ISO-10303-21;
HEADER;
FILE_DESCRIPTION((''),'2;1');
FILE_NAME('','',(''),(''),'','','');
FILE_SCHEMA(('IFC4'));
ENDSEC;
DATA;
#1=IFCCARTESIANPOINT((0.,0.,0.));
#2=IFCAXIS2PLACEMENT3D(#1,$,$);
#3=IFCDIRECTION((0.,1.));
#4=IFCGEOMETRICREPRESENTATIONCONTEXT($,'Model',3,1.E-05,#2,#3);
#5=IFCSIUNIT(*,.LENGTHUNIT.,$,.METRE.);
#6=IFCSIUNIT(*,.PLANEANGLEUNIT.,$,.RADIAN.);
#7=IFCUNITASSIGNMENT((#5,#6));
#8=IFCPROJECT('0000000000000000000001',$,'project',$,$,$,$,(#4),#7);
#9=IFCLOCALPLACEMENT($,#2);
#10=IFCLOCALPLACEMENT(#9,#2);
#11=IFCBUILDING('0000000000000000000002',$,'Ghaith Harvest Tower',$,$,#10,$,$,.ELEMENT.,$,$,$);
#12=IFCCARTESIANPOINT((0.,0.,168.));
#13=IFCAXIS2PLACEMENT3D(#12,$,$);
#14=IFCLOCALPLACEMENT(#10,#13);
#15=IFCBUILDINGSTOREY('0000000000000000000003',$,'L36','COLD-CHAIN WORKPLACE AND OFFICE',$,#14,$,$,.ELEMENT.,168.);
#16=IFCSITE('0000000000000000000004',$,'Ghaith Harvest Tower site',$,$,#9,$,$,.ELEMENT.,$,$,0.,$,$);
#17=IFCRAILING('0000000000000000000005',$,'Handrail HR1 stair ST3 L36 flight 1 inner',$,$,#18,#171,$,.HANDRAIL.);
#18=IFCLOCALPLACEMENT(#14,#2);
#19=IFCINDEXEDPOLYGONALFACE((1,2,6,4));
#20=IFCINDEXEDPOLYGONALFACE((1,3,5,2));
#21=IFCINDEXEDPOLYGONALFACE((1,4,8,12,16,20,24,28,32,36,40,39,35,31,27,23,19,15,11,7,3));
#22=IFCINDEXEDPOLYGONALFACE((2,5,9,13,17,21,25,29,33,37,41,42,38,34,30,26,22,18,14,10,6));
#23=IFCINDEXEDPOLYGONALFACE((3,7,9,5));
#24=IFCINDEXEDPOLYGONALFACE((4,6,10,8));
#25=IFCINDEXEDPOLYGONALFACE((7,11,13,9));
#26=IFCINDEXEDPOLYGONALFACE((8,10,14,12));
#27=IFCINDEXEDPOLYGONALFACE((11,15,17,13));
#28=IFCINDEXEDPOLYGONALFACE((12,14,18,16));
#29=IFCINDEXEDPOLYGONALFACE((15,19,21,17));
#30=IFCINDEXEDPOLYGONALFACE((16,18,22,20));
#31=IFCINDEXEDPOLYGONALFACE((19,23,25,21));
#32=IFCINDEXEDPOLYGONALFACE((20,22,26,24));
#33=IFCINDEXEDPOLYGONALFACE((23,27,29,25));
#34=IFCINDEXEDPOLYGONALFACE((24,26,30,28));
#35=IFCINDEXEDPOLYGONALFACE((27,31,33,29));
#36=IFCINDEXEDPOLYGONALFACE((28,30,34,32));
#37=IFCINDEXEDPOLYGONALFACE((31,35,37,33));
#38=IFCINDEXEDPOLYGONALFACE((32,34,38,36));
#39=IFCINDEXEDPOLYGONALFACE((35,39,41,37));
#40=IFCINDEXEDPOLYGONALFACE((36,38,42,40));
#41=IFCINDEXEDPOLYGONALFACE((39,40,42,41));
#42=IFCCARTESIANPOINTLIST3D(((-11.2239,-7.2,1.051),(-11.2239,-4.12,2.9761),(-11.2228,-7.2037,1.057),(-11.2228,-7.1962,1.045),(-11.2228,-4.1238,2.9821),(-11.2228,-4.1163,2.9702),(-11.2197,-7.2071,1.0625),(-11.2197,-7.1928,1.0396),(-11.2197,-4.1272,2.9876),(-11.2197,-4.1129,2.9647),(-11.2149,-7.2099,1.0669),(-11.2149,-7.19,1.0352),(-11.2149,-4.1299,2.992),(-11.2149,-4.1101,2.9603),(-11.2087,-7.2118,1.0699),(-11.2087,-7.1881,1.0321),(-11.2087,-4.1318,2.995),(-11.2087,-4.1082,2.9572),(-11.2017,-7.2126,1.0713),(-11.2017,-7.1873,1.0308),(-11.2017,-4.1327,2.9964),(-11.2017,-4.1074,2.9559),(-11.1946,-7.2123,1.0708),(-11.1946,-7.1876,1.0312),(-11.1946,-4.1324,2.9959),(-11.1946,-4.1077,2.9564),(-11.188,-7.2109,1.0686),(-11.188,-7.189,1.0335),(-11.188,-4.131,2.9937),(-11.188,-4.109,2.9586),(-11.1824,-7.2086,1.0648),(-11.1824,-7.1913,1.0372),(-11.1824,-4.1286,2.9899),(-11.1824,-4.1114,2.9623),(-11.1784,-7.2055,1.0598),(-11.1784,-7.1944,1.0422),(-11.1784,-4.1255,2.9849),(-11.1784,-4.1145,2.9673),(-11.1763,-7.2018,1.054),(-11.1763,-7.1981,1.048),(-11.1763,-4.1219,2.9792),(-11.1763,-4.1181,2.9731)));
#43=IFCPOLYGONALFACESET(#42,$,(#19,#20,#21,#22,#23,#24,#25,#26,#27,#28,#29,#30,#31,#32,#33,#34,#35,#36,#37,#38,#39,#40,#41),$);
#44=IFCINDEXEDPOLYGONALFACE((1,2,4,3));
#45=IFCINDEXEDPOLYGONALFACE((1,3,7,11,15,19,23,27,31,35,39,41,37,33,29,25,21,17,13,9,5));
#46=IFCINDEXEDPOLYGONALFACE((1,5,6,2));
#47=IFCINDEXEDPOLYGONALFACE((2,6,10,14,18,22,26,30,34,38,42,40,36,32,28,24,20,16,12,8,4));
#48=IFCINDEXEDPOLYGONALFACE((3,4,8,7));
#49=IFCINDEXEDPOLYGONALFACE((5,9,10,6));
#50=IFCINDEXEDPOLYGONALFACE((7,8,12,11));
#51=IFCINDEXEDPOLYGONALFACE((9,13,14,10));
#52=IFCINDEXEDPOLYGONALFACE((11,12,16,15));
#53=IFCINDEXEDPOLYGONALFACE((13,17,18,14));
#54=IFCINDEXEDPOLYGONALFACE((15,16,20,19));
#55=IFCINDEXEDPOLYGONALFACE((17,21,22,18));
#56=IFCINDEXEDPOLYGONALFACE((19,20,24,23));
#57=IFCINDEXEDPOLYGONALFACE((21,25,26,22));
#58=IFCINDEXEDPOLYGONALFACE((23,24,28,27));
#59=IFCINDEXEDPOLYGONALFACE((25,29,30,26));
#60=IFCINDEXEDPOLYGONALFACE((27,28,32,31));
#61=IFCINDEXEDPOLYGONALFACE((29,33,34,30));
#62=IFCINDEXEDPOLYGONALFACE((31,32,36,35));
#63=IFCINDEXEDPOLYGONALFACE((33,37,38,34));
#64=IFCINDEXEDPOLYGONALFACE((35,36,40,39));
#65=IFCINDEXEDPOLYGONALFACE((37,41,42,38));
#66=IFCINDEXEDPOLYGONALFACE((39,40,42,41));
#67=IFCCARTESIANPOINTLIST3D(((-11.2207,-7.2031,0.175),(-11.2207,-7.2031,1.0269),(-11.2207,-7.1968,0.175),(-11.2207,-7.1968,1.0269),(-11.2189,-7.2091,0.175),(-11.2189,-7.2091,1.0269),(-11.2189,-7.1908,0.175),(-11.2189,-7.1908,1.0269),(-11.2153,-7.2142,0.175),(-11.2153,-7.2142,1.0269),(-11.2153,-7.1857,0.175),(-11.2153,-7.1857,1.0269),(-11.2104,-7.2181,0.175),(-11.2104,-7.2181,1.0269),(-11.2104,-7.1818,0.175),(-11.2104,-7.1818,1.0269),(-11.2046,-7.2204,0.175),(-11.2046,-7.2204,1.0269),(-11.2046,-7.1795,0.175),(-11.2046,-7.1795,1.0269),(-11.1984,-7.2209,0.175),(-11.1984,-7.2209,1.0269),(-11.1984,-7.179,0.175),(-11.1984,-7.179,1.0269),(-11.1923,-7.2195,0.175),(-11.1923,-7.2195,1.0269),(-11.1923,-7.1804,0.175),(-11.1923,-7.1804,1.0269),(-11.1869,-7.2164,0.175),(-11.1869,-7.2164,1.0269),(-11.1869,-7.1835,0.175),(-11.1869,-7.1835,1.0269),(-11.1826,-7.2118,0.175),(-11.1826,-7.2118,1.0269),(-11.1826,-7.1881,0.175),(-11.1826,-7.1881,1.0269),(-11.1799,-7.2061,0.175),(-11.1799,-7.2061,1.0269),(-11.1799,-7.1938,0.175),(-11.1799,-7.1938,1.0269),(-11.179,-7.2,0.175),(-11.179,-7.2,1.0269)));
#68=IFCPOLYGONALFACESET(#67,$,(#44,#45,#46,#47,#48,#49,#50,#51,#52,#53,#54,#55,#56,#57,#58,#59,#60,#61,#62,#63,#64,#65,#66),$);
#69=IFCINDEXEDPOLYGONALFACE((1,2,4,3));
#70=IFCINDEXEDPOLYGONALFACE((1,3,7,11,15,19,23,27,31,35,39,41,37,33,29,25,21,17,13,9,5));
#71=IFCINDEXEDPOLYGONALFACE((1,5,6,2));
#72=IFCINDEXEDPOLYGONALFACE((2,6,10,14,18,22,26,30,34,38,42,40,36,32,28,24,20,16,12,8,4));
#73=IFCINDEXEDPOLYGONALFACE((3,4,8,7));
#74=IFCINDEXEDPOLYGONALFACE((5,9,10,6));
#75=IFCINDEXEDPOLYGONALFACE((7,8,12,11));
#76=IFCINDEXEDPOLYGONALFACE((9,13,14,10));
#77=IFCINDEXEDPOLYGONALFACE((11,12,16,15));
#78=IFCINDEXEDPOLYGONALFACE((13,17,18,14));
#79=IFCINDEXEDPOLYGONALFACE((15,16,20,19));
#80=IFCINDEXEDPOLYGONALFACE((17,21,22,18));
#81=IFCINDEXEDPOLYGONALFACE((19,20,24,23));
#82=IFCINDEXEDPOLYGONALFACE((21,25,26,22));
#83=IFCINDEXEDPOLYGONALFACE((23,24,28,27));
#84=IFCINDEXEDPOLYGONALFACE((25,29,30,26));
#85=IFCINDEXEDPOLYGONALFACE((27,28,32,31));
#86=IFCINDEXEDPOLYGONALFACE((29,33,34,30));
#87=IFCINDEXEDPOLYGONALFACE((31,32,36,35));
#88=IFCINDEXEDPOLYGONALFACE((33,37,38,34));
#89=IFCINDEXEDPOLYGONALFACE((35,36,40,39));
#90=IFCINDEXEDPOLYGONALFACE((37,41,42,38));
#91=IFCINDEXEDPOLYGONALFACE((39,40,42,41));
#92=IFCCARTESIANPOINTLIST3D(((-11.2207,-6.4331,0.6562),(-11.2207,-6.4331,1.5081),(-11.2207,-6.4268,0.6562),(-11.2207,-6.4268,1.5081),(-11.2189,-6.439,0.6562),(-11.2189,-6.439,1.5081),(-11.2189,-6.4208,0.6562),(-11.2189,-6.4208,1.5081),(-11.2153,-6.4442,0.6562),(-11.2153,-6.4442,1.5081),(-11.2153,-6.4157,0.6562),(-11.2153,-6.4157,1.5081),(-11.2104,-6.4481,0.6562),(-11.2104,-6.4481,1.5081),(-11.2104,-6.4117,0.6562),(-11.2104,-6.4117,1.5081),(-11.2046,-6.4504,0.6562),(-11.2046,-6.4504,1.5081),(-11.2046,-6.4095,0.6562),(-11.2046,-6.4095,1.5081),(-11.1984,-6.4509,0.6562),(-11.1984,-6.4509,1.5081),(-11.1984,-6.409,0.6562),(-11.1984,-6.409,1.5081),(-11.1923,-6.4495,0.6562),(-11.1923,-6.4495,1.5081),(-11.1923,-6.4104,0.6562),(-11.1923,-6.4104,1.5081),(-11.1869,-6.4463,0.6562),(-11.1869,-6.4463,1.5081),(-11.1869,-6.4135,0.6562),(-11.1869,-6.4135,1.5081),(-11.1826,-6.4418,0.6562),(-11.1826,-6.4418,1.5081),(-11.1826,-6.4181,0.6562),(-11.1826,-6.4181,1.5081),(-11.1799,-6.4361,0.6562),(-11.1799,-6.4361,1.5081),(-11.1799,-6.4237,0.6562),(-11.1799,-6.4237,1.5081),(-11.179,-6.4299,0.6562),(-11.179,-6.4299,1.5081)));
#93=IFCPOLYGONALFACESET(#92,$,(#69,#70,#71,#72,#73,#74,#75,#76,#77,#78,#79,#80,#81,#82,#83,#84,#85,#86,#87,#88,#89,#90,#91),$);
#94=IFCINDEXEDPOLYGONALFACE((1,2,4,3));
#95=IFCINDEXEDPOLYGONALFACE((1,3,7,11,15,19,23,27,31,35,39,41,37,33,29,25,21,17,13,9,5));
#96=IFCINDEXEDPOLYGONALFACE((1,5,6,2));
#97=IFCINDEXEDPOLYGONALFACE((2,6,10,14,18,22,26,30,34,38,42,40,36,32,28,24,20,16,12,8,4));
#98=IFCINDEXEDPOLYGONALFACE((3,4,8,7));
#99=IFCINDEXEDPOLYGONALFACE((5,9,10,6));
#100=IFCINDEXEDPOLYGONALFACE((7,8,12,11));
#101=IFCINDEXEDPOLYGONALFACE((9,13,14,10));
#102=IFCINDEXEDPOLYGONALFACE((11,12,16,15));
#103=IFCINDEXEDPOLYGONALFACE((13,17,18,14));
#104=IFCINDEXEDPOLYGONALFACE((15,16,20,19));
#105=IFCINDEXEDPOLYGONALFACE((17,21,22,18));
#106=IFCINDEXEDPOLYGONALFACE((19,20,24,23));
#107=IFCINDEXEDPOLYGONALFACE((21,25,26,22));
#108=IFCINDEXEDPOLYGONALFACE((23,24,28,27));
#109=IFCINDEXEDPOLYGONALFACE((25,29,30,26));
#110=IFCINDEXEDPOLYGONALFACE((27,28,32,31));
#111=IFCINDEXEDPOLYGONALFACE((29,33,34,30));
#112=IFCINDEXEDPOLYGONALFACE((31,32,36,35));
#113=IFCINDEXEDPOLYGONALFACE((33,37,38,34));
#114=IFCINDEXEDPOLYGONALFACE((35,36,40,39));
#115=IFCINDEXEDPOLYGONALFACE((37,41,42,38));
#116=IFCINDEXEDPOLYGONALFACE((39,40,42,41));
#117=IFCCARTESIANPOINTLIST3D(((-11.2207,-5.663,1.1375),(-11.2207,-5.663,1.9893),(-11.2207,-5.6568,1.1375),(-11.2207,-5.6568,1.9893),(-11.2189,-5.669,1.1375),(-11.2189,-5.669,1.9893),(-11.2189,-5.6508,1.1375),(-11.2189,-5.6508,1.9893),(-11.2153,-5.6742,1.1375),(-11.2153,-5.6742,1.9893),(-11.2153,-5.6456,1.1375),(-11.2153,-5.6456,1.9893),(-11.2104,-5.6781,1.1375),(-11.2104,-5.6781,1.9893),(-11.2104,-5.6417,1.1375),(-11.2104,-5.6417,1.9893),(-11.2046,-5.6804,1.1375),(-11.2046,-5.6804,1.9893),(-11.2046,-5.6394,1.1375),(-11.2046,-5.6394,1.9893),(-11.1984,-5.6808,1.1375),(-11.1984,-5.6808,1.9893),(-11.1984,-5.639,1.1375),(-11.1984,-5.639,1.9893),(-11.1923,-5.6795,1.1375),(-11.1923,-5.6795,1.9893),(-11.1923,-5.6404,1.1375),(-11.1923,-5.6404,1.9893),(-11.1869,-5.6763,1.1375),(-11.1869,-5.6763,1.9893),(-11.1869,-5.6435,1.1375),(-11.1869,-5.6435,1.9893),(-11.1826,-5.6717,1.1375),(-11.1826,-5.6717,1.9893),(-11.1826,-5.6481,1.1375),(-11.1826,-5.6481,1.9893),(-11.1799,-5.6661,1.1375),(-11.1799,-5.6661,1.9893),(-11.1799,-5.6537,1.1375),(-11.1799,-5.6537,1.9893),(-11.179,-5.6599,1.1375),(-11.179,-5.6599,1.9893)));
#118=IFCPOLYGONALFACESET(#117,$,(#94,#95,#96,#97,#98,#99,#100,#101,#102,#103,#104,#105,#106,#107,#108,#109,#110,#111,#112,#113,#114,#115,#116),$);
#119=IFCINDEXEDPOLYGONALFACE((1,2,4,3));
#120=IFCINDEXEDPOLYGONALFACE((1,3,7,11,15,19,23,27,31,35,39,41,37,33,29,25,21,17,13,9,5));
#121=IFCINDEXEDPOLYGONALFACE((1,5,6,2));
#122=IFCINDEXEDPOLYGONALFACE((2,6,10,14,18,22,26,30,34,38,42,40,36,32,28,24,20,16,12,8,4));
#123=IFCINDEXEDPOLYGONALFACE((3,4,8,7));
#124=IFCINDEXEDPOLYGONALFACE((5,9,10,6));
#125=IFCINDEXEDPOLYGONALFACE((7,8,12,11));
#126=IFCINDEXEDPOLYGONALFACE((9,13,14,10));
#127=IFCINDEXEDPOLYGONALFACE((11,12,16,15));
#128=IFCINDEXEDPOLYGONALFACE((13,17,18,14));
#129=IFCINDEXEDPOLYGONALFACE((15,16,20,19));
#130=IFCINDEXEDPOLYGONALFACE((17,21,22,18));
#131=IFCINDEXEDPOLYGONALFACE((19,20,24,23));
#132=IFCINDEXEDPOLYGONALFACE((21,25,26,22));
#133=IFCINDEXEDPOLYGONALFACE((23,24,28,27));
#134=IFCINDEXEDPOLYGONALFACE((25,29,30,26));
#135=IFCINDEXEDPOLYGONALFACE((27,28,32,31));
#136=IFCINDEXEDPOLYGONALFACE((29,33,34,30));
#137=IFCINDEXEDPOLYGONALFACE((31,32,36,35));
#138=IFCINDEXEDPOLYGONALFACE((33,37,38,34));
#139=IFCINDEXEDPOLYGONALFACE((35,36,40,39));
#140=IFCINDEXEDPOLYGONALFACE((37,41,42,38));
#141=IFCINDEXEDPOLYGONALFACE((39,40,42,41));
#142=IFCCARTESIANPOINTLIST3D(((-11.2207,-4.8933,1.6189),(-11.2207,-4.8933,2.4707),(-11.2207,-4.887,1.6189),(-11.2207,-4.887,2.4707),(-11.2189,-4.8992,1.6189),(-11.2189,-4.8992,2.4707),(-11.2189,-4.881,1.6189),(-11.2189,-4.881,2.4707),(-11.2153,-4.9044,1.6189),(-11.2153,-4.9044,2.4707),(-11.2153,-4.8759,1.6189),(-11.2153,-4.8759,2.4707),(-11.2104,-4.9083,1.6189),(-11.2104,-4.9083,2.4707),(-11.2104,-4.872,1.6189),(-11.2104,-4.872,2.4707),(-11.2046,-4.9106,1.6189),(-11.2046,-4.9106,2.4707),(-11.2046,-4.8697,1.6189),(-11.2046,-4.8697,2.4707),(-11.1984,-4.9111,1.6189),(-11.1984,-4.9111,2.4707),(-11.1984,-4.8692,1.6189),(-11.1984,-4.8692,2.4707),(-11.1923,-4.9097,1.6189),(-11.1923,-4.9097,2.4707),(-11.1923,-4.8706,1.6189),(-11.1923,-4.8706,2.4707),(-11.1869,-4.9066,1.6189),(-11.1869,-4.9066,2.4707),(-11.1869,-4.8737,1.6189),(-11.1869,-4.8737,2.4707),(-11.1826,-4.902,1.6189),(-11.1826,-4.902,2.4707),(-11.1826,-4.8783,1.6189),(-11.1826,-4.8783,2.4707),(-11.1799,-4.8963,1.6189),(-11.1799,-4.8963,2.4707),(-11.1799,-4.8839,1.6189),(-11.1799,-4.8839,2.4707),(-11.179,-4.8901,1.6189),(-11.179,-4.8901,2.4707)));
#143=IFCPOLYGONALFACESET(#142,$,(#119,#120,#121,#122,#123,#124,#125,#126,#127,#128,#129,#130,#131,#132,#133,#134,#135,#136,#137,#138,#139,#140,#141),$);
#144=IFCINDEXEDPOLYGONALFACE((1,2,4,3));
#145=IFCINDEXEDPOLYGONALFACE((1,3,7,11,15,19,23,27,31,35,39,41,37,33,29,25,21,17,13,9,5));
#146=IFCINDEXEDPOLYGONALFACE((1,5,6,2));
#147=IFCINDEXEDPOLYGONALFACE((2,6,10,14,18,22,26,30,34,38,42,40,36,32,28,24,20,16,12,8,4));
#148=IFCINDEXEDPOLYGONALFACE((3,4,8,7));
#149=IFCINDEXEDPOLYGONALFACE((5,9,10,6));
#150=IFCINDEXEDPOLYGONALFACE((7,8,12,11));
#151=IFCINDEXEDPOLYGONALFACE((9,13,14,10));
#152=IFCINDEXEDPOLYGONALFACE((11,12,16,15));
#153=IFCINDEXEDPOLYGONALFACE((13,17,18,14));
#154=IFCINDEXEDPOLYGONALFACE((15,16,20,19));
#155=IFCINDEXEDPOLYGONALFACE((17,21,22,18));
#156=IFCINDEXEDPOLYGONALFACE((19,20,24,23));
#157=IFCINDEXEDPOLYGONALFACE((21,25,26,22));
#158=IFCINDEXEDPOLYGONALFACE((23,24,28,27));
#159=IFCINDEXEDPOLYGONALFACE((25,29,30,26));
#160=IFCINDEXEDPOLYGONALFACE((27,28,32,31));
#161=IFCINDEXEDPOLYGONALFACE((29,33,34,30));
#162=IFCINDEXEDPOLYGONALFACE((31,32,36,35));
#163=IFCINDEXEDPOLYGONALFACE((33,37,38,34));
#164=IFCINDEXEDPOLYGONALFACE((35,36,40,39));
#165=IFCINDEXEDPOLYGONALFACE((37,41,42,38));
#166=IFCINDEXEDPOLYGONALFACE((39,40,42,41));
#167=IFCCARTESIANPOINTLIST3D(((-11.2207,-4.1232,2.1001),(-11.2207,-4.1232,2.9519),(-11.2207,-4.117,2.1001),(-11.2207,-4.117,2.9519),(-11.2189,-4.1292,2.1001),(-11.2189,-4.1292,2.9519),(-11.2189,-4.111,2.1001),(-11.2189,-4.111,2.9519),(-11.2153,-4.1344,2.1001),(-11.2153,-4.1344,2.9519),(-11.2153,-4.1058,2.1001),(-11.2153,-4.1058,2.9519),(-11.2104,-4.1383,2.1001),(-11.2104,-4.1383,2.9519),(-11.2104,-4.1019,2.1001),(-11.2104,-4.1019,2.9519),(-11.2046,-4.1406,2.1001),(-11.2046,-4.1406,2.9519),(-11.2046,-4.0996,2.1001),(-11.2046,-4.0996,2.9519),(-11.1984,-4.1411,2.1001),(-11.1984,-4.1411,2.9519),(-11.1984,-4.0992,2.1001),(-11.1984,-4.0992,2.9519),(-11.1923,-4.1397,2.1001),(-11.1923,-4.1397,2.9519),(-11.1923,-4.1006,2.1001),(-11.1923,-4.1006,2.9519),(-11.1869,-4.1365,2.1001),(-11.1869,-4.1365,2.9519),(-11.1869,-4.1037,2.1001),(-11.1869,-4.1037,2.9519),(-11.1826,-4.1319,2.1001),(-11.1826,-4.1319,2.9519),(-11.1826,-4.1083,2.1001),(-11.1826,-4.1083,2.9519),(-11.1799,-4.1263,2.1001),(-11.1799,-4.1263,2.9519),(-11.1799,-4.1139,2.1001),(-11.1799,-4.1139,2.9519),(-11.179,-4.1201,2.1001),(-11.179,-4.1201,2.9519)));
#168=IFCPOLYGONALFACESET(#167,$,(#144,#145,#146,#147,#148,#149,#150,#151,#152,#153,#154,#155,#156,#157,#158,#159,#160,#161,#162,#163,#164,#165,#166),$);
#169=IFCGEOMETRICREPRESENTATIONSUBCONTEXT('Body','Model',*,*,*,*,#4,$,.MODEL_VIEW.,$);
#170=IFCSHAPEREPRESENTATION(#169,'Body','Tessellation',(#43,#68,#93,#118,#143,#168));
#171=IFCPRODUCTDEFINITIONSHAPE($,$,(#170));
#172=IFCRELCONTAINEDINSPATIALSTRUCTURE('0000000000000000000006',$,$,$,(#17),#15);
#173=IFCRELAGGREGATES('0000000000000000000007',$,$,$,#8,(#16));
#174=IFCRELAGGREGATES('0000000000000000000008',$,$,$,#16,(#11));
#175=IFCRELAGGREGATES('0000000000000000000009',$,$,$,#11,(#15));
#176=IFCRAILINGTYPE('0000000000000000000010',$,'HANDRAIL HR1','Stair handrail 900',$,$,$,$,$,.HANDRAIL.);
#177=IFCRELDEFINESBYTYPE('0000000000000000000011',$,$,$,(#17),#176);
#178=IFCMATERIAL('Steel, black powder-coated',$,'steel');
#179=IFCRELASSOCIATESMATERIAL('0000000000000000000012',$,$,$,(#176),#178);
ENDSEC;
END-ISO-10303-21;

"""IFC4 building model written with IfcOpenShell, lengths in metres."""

from ifc_helpers import new_model, si_unit, direction, frame, origin, origin_2d, place, context, subcontext, project, spatial, circle, extrude, material, type_object, element, save


model = new_model("IFC4")

# Units and contexts
model_context = context("Model", 3, precision=1e-05, world=origin(), true_north=direction((0.0, 1.0)))
body_context = subcontext(model_context, "Body", "Model", "MODEL_VIEW")
ifc_project = project(units=[si_unit("LENGTHUNIT", "METRE"), si_unit("PLANEANGLEUNIT", "RADIAN")], contexts=[model_context])

# Site, building, storey
site_placement = place(None, origin())
site = spatial("IfcSite", under=ifc_project, at=site_placement, Name="Ghaith Harvest Tower site", CompositionType="ELEMENT", RefElevation=0.0)
building_placement = place(site_placement, origin())
building = spatial("IfcBuilding", under=site, at=building_placement, Name="Ghaith Harvest Tower", CompositionType="ELEMENT")
storey_placement = place(building_placement, frame((0.0, 0.0, 168.0)))
storey = spatial("IfcBuildingStorey", under=building, at=storey_placement, Name="L36", Description="COLD-CHAIN WORKPLACE AND OFFICE", CompositionType="ELEMENT", Elevation=168.0)

# Railing
ifc_material_1 = material(Name="Steel, black powder-coated", Category="steel")
railing_type = type_object("IfcRailingType", Name="HANDRAIL HR1", Description="Stair handrail 900", PredefinedType="HANDRAIL", material=ifc_material_1)
railing_1_placement = place(storey_placement, frame((-11.2, -7.2, 0.175)))
element("IfcRailing", 1, at=railing_1_placement, inside=storey, type_object=railing_type, Name="Handrail HR1 stair ST3 L36 flight 1 inner", PredefinedType="HANDRAIL", context=body_context, shape_type="SweptSolid", body=[
    extrude(circle(Radius=0.0239, at=origin_2d()), frame((0.0, 0.0, 0.876), z_axis=(0.0, 0.847979, 0.530029), x_axis=(-1.0, 0.0, 0.0)), (0.0, 0.0, 1.0), 3.6321),
    extrude(circle(Radius=0.021, at=origin_2d()), origin(), (0.0, 0.0, 1.0), 0.8518),
    extrude(circle(Radius=0.021, at=origin_2d()), frame((0.0, 0.77, 0.4812)), (0.0, 0.0, 1.0), 0.8518),
    extrude(circle(Radius=0.021, at=origin_2d()), frame((0.0, 1.54, 0.9624)), (0.0, 0.0, 1.0), 0.8518),
    extrude(circle(Radius=0.021, at=origin_2d()), frame((0.0, 2.3098, 1.4438)), (0.0, 0.0, 1.0), 0.8518),
    extrude(circle(Radius=0.021, at=origin_2d()), frame((0.0, 3.0798, 1.925)), (0.0, 0.0, 1.0), 0.8518),
])

save(model, "model.ifc")
